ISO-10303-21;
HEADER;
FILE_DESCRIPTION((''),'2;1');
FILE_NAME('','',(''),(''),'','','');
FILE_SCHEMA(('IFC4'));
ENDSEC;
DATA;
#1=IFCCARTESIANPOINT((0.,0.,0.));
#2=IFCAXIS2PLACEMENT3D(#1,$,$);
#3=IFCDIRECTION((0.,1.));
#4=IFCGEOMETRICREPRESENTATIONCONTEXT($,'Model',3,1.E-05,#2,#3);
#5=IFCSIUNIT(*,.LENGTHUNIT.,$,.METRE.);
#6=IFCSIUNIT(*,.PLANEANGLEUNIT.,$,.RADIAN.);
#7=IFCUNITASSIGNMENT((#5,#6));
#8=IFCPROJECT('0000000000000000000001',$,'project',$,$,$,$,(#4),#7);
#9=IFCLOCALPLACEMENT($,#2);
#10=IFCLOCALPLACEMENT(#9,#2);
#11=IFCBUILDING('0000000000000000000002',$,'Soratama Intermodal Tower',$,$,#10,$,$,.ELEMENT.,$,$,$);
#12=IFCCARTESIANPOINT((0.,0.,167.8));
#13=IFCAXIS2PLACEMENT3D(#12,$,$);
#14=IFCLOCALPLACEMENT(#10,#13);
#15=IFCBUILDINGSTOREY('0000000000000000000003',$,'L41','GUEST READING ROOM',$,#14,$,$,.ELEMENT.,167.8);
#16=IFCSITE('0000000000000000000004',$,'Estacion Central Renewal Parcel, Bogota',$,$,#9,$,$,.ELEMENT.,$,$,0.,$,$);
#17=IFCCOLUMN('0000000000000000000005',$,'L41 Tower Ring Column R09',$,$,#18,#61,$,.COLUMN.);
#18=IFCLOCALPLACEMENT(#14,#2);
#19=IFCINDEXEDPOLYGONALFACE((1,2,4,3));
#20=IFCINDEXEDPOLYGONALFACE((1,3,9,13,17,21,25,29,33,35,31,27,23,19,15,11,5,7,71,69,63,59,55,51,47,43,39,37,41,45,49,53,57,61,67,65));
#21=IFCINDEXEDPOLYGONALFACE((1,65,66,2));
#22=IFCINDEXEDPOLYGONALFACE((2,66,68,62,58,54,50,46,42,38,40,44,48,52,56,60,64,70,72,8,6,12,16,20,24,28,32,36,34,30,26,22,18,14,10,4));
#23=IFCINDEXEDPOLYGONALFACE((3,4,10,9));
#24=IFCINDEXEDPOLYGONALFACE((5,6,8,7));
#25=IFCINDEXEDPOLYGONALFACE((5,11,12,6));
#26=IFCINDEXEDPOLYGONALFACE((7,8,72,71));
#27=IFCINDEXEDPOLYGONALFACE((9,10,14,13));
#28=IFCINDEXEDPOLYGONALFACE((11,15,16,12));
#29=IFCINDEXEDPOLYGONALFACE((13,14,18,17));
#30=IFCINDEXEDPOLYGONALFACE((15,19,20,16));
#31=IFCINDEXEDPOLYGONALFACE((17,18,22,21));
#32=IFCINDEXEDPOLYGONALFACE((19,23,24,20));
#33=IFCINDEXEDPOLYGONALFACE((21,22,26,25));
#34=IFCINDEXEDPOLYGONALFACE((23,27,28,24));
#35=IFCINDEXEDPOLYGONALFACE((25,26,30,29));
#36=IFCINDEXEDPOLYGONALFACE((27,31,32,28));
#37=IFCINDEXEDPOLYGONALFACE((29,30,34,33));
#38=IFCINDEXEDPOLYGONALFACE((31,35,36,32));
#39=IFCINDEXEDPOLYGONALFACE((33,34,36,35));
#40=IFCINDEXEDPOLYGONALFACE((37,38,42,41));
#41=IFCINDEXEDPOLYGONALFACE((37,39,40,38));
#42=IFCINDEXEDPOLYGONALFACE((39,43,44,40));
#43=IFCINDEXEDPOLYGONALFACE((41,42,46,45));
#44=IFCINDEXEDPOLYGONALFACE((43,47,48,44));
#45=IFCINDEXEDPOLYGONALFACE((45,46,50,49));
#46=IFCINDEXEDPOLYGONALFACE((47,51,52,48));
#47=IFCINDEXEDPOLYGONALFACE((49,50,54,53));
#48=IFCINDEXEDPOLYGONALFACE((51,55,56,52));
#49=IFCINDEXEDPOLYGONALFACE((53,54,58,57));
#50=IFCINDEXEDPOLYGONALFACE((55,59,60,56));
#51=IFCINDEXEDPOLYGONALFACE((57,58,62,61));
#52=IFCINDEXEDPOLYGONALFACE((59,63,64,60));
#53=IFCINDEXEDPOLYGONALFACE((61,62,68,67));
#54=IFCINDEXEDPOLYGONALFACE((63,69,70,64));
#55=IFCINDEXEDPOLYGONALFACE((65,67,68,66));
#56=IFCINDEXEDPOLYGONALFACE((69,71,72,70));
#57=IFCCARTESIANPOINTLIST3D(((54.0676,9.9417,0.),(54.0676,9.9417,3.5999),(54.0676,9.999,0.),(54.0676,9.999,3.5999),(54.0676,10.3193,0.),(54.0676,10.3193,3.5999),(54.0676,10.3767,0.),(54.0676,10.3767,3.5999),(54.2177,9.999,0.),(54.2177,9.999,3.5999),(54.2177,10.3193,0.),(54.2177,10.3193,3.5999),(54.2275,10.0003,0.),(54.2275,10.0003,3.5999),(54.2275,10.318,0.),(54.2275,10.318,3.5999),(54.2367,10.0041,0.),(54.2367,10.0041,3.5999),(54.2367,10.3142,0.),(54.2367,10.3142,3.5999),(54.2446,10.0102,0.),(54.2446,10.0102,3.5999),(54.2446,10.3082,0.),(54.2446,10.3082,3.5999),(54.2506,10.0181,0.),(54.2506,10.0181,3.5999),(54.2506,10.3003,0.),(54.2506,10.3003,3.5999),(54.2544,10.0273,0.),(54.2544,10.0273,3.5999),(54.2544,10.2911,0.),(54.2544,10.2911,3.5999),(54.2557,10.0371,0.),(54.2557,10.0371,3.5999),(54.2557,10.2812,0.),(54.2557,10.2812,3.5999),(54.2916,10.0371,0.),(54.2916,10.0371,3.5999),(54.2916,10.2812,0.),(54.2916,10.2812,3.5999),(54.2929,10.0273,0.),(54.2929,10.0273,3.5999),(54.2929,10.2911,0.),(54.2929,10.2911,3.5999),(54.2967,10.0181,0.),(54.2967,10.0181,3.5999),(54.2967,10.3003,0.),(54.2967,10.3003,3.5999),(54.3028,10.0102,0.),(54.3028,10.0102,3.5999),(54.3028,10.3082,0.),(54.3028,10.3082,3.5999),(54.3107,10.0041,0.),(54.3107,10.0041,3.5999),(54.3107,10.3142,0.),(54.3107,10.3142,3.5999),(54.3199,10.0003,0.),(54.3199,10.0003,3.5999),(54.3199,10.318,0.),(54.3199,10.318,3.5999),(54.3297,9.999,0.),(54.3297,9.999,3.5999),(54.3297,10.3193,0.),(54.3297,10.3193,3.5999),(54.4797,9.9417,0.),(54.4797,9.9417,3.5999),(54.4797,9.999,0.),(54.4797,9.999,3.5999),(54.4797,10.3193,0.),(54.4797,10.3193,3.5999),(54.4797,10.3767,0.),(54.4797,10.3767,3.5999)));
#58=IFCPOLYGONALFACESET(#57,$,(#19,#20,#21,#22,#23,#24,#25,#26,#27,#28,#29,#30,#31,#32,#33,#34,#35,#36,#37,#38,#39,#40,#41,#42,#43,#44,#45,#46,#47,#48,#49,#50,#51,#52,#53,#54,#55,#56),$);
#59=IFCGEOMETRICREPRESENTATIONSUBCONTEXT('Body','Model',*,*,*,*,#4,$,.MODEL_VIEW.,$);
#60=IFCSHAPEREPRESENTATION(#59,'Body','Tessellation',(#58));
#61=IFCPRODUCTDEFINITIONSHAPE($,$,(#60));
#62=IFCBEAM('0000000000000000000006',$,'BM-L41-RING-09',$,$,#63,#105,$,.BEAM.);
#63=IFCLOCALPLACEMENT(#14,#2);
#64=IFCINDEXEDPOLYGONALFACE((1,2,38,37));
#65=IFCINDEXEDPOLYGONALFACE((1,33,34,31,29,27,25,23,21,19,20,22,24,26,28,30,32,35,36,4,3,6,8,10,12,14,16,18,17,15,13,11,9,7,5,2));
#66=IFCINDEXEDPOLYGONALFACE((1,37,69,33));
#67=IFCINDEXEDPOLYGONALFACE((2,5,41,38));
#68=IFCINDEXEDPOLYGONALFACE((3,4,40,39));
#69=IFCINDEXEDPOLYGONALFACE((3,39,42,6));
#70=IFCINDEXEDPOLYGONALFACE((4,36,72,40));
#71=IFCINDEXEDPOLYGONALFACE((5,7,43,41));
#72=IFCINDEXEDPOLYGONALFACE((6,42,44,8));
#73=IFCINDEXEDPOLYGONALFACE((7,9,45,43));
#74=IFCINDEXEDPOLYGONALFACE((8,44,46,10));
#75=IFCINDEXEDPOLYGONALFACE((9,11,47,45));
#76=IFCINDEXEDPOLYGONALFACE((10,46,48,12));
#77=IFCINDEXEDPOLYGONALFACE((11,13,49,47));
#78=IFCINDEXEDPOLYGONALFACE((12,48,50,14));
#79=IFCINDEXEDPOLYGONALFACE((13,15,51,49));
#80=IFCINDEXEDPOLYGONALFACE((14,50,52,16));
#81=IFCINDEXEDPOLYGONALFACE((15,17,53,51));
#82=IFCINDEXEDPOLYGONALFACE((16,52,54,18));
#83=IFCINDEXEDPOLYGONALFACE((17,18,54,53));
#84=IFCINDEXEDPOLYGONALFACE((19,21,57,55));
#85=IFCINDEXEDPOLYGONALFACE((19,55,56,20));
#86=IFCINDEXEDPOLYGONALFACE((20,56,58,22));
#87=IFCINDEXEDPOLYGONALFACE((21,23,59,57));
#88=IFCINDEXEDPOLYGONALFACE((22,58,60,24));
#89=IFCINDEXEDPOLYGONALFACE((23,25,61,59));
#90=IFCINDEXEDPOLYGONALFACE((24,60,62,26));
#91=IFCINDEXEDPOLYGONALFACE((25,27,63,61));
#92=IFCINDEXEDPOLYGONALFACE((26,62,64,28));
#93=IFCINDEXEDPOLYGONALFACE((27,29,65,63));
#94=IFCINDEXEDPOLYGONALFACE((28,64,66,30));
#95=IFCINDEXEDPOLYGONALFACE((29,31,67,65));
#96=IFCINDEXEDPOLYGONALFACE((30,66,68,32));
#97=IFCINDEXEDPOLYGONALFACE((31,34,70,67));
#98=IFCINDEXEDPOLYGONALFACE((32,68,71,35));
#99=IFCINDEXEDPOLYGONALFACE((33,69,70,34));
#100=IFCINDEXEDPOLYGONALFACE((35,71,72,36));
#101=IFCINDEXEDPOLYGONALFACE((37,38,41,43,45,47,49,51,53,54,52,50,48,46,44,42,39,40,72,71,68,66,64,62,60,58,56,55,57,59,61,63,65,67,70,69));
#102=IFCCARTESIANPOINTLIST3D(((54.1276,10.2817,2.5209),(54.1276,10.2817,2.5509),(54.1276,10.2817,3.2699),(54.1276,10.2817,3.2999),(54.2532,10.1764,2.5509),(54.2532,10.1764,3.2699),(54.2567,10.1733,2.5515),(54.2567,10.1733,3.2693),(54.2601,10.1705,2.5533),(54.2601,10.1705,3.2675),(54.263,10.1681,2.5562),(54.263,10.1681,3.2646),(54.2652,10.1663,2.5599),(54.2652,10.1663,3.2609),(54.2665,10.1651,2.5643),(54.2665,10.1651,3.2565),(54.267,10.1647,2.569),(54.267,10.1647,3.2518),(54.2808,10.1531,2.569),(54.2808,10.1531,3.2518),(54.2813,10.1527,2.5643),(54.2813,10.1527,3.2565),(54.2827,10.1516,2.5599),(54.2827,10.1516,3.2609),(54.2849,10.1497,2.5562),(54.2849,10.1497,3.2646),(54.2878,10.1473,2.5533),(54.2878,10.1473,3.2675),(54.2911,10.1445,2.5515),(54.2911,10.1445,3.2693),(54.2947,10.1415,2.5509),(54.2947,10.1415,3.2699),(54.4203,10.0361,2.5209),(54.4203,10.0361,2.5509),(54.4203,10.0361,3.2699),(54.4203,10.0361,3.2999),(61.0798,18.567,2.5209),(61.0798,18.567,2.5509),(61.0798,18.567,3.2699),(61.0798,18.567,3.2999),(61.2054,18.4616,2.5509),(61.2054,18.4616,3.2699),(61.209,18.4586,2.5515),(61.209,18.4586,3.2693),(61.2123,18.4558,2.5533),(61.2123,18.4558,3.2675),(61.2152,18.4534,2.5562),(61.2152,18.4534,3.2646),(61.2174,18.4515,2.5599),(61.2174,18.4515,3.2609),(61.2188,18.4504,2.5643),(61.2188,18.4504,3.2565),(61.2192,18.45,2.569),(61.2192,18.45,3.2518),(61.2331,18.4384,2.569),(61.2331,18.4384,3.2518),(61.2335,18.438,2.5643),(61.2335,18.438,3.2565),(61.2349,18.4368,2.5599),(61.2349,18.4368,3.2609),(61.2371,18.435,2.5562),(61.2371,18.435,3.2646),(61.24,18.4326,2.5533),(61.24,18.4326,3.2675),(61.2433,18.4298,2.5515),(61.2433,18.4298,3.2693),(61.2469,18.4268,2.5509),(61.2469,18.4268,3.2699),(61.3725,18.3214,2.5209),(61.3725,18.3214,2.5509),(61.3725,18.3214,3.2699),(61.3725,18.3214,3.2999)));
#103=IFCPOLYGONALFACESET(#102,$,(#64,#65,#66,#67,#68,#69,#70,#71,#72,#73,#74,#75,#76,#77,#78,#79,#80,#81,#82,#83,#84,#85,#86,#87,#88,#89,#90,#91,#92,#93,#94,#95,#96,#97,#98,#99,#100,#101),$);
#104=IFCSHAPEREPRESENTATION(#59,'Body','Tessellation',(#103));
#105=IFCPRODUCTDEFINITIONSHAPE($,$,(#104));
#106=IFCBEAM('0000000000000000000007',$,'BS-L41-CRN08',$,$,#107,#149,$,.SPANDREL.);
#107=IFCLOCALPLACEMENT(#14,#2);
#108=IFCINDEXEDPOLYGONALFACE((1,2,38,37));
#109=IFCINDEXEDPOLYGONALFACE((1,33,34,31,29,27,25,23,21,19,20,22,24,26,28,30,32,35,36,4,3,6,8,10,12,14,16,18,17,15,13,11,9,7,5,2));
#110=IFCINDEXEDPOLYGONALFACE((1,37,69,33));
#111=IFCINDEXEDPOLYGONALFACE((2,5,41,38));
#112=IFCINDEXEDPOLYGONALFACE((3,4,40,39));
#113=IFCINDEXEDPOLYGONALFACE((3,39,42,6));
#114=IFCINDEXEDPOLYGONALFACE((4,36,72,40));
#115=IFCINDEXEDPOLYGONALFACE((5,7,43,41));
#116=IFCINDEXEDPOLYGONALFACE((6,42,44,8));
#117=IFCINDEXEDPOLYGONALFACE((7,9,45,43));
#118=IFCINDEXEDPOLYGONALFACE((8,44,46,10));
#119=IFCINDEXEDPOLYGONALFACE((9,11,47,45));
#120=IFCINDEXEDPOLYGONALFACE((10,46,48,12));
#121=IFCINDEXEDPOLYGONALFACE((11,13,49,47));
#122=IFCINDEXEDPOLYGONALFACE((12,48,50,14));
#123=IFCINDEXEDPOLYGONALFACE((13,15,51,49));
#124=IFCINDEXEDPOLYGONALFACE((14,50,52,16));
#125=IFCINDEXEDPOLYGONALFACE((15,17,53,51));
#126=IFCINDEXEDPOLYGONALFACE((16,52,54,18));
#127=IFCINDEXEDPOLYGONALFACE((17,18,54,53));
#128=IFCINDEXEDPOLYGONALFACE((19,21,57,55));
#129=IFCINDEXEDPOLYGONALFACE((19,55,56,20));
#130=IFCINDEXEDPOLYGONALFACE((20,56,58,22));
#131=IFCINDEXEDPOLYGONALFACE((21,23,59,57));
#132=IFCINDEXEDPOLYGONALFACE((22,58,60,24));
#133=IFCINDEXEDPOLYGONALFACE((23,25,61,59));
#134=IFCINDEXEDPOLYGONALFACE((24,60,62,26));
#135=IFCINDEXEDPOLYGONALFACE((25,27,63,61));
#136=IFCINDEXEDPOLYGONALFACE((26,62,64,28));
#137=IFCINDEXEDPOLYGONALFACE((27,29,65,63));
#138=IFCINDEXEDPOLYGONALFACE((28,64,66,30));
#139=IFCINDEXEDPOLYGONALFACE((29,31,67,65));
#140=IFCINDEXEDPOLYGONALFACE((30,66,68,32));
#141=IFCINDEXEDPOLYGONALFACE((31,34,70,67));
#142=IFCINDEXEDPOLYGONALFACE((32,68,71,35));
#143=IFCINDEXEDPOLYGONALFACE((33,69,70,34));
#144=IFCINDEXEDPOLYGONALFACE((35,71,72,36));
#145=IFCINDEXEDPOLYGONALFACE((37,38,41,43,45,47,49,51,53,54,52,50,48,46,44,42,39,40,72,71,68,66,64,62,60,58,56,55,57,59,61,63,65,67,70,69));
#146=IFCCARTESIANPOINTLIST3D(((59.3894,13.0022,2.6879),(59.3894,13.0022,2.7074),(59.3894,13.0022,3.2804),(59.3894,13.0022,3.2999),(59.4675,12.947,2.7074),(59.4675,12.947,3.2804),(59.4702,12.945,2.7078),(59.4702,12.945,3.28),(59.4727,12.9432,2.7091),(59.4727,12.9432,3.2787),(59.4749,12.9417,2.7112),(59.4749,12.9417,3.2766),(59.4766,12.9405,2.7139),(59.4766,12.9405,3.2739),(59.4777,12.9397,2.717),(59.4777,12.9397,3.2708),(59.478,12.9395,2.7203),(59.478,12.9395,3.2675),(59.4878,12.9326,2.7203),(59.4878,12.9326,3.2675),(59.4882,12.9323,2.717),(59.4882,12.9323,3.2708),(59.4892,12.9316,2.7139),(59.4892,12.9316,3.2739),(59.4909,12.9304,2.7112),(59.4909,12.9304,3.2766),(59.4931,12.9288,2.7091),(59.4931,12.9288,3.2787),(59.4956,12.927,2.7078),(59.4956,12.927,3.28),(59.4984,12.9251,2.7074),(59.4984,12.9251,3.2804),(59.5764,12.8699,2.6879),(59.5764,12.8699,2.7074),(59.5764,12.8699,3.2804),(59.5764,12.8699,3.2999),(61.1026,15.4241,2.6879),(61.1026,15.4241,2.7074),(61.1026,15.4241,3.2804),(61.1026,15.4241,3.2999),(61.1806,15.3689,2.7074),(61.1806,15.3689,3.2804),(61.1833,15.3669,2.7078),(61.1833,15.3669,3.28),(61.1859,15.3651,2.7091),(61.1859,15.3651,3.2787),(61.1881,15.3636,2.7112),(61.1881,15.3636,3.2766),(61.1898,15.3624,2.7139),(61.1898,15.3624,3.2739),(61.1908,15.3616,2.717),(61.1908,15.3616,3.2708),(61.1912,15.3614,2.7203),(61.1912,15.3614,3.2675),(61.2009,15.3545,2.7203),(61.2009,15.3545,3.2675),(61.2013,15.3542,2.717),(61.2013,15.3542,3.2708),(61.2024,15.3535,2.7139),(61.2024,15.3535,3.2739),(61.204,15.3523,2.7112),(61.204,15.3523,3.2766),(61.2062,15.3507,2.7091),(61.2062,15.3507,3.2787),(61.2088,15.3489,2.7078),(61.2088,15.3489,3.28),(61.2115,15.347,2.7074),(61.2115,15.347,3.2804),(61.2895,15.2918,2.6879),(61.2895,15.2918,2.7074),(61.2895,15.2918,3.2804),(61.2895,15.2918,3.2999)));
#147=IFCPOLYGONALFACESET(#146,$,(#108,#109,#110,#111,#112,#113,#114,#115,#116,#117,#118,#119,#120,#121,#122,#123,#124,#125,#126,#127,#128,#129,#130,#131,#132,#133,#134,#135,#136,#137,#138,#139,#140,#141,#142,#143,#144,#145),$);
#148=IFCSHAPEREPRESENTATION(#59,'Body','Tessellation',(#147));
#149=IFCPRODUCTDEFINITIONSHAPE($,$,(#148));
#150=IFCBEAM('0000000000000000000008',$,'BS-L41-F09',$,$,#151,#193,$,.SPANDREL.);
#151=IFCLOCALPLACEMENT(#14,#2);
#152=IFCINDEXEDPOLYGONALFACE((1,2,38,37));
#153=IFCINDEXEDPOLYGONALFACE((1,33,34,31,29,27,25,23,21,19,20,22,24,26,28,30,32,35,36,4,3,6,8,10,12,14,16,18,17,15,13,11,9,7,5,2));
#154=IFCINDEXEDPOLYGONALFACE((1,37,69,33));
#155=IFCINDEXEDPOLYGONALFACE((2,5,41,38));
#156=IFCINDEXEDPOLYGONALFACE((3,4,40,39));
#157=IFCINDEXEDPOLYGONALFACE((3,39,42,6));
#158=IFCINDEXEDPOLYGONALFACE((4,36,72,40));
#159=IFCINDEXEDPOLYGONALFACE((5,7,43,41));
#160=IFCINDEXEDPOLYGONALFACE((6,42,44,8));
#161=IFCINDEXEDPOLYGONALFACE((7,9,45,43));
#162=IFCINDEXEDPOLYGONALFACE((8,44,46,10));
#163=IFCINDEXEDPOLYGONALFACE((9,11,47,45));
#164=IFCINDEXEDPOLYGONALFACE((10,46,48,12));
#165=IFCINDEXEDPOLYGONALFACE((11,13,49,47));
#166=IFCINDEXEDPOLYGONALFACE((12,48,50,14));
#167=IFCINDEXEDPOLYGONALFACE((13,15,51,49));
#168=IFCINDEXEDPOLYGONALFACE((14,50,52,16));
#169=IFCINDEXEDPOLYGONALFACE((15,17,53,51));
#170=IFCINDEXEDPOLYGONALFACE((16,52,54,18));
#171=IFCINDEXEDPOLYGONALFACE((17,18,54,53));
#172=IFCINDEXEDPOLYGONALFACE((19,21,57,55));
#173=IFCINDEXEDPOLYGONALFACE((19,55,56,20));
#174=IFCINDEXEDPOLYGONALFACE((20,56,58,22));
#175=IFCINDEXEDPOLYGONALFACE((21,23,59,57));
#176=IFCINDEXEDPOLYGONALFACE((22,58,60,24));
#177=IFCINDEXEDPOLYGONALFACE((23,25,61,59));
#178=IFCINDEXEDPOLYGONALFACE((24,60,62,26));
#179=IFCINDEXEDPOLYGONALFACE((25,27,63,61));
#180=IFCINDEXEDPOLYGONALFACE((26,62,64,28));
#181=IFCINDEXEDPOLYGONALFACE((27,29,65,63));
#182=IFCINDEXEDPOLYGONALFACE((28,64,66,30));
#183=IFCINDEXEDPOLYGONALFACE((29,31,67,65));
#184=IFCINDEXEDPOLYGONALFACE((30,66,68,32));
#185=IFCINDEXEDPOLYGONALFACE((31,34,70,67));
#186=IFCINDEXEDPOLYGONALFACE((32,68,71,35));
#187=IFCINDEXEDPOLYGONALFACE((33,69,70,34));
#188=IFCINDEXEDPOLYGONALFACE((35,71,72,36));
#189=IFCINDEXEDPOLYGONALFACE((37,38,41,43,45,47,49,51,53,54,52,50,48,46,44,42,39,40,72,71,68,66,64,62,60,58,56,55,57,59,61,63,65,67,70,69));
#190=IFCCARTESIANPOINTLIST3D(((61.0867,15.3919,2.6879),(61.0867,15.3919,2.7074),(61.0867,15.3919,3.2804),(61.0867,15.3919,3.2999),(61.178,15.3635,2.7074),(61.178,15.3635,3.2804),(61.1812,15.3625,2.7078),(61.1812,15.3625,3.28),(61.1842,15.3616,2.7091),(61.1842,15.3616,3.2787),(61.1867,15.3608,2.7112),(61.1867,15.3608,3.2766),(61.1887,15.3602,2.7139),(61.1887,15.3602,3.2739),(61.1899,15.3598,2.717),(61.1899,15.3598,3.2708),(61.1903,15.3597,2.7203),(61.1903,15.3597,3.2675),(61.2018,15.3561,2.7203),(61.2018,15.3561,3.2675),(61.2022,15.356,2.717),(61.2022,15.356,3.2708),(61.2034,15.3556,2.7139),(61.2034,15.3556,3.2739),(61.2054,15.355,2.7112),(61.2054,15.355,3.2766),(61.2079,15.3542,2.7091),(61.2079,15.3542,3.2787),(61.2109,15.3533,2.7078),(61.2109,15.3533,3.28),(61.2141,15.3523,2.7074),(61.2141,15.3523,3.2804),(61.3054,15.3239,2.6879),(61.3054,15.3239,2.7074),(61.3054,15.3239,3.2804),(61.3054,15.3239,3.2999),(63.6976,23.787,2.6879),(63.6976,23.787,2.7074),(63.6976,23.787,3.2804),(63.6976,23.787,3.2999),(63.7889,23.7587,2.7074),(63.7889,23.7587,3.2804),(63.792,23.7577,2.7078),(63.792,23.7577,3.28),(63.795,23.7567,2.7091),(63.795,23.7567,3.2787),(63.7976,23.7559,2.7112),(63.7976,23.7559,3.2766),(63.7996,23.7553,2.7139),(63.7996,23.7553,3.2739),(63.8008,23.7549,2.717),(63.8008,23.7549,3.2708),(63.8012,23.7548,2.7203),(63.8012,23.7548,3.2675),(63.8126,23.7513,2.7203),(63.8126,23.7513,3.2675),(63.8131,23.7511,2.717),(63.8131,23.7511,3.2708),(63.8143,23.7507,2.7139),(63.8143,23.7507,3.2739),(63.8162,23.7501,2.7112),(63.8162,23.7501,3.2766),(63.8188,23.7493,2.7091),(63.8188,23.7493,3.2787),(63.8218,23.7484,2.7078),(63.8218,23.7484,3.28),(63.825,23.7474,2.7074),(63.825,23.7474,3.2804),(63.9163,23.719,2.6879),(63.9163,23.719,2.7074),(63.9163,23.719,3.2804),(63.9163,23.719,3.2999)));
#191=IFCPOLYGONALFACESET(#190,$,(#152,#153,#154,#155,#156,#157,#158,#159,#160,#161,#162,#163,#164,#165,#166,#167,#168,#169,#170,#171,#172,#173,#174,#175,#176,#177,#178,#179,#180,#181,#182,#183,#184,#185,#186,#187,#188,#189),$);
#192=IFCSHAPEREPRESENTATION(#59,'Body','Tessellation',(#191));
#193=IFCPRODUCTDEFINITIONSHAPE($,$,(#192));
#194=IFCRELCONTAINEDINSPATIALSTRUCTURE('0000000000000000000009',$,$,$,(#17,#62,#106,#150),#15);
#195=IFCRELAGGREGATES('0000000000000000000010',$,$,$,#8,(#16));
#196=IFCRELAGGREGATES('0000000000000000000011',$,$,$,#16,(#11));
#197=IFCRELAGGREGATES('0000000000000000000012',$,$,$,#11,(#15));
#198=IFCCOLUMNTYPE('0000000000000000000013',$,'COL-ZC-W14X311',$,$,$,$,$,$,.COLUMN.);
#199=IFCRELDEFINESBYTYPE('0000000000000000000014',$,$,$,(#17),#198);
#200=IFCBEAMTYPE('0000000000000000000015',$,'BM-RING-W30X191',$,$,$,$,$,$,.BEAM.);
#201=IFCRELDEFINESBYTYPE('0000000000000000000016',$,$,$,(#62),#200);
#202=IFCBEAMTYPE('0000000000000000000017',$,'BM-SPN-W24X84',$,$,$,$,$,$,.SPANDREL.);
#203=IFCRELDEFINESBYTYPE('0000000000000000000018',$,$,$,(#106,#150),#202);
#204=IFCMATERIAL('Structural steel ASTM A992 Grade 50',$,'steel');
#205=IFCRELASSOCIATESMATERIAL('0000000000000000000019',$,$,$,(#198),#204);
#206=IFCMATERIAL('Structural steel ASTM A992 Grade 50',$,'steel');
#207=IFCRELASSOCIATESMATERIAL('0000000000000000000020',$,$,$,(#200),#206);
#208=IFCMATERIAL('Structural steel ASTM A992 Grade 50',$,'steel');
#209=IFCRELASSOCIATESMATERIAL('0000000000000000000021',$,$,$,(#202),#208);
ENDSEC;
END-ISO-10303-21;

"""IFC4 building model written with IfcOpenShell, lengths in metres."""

from ifc_helpers import new_model, si_unit, direction, frame, origin, origin_2d, place, context, subcontext, project, spatial, i_section, extrude, material, material_profile, profile_set, type_object, element, save


model = new_model("IFC4")

# Units and contexts
model_context = context("Model", 3, precision=1e-05, world=origin(), true_north=direction((0.0, 1.0)))
body_context = subcontext(model_context, "Body", "Model", "MODEL_VIEW")
ifc_project = project(units=[si_unit("LENGTHUNIT", "METRE"), si_unit("PLANEANGLEUNIT", "RADIAN")], contexts=[model_context])

# Site, building, storey
site_placement = place(None, origin())
site = spatial("IfcSite", under=ifc_project, at=site_placement, Name="Estacion Central Renewal Parcel, Bogota", CompositionType="ELEMENT", RefElevation=0.0)
building_placement = place(site_placement, origin())
building = spatial("IfcBuilding", under=site, at=building_placement, Name="Soratama Intermodal Tower", CompositionType="ELEMENT")
storey_placement = place(building_placement, frame((0.0, 0.0, 167.8)))
storey = spatial("IfcBuildingStorey", under=building, at=storey_placement, Name="L41", Description="GUEST READING ROOM", CompositionType="ELEMENT", Elevation=167.8)

# Column
ifc_material_1 = material(Name="Structural steel ASTM A992 Grade 50", Category="steel")
ifc_material_profile_1 = material_profile(ifc_material_1, i_section(OverallWidth=0.4121, OverallDepth=0.4351, WebThickness=0.0359, FlangeThickness=0.0574, FilletRadius=0.0381, at=origin_2d()), Name="W14X311")
ifc_profile_set_1 = profile_set([ifc_material_profile_1], Name="Structural steel ASTM A992 Grade 50")
column_type = type_object("IfcColumnType", Name="COL-ZC-W14X311", PredefinedType="COLUMN", material=ifc_profile_set_1)
column_placement = place(storey_placement, frame((54.2737, 10.1592, 0.0), z_axis=(0.0, 0.0, 1.0), x_axis=(1.0, 0.0, 0.0)))
element("IfcColumn", 1, at=column_placement, inside=storey, type_object=column_type, Name="L41 Tower Ring Column R09", PredefinedType="COLUMN", context=body_context, shape_type="SweptSolid", body=[
    extrude(i_section(OverallWidth=0.4121, OverallDepth=0.4351, WebThickness=0.0359, FlangeThickness=0.0574, FilletRadius=0.0381, at=origin_2d()), origin(), (0.0, 0.0, 1.0), 3.5999),
])

# Beams
ifc_material_2 = material(Name="Structural steel ASTM A992 Grade 50", Category="steel")
ifc_material_profile_2 = material_profile(ifc_material_2, i_section(OverallWidth=0.3821, OverallDepth=0.7791, WebThickness=0.0181, FlangeThickness=0.03, FilletRadius=0.0181, at=origin_2d()), Name="W30X191")
ifc_profile_set_2 = profile_set([ifc_material_profile_2], Name="Structural steel ASTM A992 Grade 50")
beam_type_1 = type_object("IfcBeamType", Name="BM-RING-W30X191", PredefinedType="BEAM", material=ifc_profile_set_2)
beam_1_placement = place(storey_placement, frame((54.2739, 10.1589, 2.9104), z_axis=(0.642792, 0.766041, 0.0), x_axis=(-0.766041, 0.642792, 0.0)))
element("IfcBeam", 2, at=beam_1_placement, inside=storey, type_object=beam_type_1, Name="BM-L41-RING-09", PredefinedType="BEAM", context=body_context, shape_type="SweptSolid", body=[
    extrude(i_section(OverallWidth=0.3821, OverallDepth=0.7791, WebThickness=0.0181, FlangeThickness=0.03, FilletRadius=0.0181, at=origin_2d()), origin(), (0.0, 0.0, 1.0), 10.8157),
])
ifc_material_3 = material(Name="Structural steel ASTM A992 Grade 50", Category="steel")
ifc_material_profile_3 = material_profile(ifc_material_3, i_section(OverallWidth=0.229, OverallDepth=0.6121, WebThickness=0.012, FlangeThickness=0.0195, FilletRadius=0.0129, at=origin_2d()), Name="W24X84")
ifc_profile_set_3 = profile_set([ifc_material_profile_3], Name="Structural steel ASTM A992 Grade 50")
beam_type_2 = type_object("IfcBeamType", Name="BM-SPN-W24X84", PredefinedType="SPANDREL", material=ifc_profile_set_3)
beam_2_placement = place(storey_placement, frame((59.4829, 12.936, 2.9939), z_axis=(0.577487, 0.8164, 0.0), x_axis=(-0.8164, 0.577487, 0.0)))
element("IfcBeam", 3, at=beam_2_placement, inside=storey, type_object=beam_type_2, Name="BS-L41-CRN08", PredefinedType="SPANDREL", context=body_context, shape_type="SweptSolid", body=[
    extrude(i_section(OverallWidth=0.229, OverallDepth=0.6121, WebThickness=0.012, FlangeThickness=0.0195, FilletRadius=0.0129, at=origin_2d()), origin(), (0.0, 0.0, 1.0), 2.9666),
])
beam_3_placement = place(storey_placement, frame((61.196, 15.3579, 2.9939), z_axis=(0.296969, 0.954887, 0.0), x_axis=(-0.954887, 0.296969, 0.0)))
element("IfcBeam", 4, at=beam_3_placement, inside=storey, type_object=beam_type_2, Name="BS-L41-F09", PredefinedType="SPANDREL", context=body_context, shape_type="SweptSolid", body=[
    extrude(i_section(OverallWidth=0.229, OverallDepth=0.6121, WebThickness=0.012, FlangeThickness=0.0195, FilletRadius=0.0129, at=origin_2d()), origin(), (0.0, 0.0, 1.0), 8.7917),
])

save(model, "model.ifc")
